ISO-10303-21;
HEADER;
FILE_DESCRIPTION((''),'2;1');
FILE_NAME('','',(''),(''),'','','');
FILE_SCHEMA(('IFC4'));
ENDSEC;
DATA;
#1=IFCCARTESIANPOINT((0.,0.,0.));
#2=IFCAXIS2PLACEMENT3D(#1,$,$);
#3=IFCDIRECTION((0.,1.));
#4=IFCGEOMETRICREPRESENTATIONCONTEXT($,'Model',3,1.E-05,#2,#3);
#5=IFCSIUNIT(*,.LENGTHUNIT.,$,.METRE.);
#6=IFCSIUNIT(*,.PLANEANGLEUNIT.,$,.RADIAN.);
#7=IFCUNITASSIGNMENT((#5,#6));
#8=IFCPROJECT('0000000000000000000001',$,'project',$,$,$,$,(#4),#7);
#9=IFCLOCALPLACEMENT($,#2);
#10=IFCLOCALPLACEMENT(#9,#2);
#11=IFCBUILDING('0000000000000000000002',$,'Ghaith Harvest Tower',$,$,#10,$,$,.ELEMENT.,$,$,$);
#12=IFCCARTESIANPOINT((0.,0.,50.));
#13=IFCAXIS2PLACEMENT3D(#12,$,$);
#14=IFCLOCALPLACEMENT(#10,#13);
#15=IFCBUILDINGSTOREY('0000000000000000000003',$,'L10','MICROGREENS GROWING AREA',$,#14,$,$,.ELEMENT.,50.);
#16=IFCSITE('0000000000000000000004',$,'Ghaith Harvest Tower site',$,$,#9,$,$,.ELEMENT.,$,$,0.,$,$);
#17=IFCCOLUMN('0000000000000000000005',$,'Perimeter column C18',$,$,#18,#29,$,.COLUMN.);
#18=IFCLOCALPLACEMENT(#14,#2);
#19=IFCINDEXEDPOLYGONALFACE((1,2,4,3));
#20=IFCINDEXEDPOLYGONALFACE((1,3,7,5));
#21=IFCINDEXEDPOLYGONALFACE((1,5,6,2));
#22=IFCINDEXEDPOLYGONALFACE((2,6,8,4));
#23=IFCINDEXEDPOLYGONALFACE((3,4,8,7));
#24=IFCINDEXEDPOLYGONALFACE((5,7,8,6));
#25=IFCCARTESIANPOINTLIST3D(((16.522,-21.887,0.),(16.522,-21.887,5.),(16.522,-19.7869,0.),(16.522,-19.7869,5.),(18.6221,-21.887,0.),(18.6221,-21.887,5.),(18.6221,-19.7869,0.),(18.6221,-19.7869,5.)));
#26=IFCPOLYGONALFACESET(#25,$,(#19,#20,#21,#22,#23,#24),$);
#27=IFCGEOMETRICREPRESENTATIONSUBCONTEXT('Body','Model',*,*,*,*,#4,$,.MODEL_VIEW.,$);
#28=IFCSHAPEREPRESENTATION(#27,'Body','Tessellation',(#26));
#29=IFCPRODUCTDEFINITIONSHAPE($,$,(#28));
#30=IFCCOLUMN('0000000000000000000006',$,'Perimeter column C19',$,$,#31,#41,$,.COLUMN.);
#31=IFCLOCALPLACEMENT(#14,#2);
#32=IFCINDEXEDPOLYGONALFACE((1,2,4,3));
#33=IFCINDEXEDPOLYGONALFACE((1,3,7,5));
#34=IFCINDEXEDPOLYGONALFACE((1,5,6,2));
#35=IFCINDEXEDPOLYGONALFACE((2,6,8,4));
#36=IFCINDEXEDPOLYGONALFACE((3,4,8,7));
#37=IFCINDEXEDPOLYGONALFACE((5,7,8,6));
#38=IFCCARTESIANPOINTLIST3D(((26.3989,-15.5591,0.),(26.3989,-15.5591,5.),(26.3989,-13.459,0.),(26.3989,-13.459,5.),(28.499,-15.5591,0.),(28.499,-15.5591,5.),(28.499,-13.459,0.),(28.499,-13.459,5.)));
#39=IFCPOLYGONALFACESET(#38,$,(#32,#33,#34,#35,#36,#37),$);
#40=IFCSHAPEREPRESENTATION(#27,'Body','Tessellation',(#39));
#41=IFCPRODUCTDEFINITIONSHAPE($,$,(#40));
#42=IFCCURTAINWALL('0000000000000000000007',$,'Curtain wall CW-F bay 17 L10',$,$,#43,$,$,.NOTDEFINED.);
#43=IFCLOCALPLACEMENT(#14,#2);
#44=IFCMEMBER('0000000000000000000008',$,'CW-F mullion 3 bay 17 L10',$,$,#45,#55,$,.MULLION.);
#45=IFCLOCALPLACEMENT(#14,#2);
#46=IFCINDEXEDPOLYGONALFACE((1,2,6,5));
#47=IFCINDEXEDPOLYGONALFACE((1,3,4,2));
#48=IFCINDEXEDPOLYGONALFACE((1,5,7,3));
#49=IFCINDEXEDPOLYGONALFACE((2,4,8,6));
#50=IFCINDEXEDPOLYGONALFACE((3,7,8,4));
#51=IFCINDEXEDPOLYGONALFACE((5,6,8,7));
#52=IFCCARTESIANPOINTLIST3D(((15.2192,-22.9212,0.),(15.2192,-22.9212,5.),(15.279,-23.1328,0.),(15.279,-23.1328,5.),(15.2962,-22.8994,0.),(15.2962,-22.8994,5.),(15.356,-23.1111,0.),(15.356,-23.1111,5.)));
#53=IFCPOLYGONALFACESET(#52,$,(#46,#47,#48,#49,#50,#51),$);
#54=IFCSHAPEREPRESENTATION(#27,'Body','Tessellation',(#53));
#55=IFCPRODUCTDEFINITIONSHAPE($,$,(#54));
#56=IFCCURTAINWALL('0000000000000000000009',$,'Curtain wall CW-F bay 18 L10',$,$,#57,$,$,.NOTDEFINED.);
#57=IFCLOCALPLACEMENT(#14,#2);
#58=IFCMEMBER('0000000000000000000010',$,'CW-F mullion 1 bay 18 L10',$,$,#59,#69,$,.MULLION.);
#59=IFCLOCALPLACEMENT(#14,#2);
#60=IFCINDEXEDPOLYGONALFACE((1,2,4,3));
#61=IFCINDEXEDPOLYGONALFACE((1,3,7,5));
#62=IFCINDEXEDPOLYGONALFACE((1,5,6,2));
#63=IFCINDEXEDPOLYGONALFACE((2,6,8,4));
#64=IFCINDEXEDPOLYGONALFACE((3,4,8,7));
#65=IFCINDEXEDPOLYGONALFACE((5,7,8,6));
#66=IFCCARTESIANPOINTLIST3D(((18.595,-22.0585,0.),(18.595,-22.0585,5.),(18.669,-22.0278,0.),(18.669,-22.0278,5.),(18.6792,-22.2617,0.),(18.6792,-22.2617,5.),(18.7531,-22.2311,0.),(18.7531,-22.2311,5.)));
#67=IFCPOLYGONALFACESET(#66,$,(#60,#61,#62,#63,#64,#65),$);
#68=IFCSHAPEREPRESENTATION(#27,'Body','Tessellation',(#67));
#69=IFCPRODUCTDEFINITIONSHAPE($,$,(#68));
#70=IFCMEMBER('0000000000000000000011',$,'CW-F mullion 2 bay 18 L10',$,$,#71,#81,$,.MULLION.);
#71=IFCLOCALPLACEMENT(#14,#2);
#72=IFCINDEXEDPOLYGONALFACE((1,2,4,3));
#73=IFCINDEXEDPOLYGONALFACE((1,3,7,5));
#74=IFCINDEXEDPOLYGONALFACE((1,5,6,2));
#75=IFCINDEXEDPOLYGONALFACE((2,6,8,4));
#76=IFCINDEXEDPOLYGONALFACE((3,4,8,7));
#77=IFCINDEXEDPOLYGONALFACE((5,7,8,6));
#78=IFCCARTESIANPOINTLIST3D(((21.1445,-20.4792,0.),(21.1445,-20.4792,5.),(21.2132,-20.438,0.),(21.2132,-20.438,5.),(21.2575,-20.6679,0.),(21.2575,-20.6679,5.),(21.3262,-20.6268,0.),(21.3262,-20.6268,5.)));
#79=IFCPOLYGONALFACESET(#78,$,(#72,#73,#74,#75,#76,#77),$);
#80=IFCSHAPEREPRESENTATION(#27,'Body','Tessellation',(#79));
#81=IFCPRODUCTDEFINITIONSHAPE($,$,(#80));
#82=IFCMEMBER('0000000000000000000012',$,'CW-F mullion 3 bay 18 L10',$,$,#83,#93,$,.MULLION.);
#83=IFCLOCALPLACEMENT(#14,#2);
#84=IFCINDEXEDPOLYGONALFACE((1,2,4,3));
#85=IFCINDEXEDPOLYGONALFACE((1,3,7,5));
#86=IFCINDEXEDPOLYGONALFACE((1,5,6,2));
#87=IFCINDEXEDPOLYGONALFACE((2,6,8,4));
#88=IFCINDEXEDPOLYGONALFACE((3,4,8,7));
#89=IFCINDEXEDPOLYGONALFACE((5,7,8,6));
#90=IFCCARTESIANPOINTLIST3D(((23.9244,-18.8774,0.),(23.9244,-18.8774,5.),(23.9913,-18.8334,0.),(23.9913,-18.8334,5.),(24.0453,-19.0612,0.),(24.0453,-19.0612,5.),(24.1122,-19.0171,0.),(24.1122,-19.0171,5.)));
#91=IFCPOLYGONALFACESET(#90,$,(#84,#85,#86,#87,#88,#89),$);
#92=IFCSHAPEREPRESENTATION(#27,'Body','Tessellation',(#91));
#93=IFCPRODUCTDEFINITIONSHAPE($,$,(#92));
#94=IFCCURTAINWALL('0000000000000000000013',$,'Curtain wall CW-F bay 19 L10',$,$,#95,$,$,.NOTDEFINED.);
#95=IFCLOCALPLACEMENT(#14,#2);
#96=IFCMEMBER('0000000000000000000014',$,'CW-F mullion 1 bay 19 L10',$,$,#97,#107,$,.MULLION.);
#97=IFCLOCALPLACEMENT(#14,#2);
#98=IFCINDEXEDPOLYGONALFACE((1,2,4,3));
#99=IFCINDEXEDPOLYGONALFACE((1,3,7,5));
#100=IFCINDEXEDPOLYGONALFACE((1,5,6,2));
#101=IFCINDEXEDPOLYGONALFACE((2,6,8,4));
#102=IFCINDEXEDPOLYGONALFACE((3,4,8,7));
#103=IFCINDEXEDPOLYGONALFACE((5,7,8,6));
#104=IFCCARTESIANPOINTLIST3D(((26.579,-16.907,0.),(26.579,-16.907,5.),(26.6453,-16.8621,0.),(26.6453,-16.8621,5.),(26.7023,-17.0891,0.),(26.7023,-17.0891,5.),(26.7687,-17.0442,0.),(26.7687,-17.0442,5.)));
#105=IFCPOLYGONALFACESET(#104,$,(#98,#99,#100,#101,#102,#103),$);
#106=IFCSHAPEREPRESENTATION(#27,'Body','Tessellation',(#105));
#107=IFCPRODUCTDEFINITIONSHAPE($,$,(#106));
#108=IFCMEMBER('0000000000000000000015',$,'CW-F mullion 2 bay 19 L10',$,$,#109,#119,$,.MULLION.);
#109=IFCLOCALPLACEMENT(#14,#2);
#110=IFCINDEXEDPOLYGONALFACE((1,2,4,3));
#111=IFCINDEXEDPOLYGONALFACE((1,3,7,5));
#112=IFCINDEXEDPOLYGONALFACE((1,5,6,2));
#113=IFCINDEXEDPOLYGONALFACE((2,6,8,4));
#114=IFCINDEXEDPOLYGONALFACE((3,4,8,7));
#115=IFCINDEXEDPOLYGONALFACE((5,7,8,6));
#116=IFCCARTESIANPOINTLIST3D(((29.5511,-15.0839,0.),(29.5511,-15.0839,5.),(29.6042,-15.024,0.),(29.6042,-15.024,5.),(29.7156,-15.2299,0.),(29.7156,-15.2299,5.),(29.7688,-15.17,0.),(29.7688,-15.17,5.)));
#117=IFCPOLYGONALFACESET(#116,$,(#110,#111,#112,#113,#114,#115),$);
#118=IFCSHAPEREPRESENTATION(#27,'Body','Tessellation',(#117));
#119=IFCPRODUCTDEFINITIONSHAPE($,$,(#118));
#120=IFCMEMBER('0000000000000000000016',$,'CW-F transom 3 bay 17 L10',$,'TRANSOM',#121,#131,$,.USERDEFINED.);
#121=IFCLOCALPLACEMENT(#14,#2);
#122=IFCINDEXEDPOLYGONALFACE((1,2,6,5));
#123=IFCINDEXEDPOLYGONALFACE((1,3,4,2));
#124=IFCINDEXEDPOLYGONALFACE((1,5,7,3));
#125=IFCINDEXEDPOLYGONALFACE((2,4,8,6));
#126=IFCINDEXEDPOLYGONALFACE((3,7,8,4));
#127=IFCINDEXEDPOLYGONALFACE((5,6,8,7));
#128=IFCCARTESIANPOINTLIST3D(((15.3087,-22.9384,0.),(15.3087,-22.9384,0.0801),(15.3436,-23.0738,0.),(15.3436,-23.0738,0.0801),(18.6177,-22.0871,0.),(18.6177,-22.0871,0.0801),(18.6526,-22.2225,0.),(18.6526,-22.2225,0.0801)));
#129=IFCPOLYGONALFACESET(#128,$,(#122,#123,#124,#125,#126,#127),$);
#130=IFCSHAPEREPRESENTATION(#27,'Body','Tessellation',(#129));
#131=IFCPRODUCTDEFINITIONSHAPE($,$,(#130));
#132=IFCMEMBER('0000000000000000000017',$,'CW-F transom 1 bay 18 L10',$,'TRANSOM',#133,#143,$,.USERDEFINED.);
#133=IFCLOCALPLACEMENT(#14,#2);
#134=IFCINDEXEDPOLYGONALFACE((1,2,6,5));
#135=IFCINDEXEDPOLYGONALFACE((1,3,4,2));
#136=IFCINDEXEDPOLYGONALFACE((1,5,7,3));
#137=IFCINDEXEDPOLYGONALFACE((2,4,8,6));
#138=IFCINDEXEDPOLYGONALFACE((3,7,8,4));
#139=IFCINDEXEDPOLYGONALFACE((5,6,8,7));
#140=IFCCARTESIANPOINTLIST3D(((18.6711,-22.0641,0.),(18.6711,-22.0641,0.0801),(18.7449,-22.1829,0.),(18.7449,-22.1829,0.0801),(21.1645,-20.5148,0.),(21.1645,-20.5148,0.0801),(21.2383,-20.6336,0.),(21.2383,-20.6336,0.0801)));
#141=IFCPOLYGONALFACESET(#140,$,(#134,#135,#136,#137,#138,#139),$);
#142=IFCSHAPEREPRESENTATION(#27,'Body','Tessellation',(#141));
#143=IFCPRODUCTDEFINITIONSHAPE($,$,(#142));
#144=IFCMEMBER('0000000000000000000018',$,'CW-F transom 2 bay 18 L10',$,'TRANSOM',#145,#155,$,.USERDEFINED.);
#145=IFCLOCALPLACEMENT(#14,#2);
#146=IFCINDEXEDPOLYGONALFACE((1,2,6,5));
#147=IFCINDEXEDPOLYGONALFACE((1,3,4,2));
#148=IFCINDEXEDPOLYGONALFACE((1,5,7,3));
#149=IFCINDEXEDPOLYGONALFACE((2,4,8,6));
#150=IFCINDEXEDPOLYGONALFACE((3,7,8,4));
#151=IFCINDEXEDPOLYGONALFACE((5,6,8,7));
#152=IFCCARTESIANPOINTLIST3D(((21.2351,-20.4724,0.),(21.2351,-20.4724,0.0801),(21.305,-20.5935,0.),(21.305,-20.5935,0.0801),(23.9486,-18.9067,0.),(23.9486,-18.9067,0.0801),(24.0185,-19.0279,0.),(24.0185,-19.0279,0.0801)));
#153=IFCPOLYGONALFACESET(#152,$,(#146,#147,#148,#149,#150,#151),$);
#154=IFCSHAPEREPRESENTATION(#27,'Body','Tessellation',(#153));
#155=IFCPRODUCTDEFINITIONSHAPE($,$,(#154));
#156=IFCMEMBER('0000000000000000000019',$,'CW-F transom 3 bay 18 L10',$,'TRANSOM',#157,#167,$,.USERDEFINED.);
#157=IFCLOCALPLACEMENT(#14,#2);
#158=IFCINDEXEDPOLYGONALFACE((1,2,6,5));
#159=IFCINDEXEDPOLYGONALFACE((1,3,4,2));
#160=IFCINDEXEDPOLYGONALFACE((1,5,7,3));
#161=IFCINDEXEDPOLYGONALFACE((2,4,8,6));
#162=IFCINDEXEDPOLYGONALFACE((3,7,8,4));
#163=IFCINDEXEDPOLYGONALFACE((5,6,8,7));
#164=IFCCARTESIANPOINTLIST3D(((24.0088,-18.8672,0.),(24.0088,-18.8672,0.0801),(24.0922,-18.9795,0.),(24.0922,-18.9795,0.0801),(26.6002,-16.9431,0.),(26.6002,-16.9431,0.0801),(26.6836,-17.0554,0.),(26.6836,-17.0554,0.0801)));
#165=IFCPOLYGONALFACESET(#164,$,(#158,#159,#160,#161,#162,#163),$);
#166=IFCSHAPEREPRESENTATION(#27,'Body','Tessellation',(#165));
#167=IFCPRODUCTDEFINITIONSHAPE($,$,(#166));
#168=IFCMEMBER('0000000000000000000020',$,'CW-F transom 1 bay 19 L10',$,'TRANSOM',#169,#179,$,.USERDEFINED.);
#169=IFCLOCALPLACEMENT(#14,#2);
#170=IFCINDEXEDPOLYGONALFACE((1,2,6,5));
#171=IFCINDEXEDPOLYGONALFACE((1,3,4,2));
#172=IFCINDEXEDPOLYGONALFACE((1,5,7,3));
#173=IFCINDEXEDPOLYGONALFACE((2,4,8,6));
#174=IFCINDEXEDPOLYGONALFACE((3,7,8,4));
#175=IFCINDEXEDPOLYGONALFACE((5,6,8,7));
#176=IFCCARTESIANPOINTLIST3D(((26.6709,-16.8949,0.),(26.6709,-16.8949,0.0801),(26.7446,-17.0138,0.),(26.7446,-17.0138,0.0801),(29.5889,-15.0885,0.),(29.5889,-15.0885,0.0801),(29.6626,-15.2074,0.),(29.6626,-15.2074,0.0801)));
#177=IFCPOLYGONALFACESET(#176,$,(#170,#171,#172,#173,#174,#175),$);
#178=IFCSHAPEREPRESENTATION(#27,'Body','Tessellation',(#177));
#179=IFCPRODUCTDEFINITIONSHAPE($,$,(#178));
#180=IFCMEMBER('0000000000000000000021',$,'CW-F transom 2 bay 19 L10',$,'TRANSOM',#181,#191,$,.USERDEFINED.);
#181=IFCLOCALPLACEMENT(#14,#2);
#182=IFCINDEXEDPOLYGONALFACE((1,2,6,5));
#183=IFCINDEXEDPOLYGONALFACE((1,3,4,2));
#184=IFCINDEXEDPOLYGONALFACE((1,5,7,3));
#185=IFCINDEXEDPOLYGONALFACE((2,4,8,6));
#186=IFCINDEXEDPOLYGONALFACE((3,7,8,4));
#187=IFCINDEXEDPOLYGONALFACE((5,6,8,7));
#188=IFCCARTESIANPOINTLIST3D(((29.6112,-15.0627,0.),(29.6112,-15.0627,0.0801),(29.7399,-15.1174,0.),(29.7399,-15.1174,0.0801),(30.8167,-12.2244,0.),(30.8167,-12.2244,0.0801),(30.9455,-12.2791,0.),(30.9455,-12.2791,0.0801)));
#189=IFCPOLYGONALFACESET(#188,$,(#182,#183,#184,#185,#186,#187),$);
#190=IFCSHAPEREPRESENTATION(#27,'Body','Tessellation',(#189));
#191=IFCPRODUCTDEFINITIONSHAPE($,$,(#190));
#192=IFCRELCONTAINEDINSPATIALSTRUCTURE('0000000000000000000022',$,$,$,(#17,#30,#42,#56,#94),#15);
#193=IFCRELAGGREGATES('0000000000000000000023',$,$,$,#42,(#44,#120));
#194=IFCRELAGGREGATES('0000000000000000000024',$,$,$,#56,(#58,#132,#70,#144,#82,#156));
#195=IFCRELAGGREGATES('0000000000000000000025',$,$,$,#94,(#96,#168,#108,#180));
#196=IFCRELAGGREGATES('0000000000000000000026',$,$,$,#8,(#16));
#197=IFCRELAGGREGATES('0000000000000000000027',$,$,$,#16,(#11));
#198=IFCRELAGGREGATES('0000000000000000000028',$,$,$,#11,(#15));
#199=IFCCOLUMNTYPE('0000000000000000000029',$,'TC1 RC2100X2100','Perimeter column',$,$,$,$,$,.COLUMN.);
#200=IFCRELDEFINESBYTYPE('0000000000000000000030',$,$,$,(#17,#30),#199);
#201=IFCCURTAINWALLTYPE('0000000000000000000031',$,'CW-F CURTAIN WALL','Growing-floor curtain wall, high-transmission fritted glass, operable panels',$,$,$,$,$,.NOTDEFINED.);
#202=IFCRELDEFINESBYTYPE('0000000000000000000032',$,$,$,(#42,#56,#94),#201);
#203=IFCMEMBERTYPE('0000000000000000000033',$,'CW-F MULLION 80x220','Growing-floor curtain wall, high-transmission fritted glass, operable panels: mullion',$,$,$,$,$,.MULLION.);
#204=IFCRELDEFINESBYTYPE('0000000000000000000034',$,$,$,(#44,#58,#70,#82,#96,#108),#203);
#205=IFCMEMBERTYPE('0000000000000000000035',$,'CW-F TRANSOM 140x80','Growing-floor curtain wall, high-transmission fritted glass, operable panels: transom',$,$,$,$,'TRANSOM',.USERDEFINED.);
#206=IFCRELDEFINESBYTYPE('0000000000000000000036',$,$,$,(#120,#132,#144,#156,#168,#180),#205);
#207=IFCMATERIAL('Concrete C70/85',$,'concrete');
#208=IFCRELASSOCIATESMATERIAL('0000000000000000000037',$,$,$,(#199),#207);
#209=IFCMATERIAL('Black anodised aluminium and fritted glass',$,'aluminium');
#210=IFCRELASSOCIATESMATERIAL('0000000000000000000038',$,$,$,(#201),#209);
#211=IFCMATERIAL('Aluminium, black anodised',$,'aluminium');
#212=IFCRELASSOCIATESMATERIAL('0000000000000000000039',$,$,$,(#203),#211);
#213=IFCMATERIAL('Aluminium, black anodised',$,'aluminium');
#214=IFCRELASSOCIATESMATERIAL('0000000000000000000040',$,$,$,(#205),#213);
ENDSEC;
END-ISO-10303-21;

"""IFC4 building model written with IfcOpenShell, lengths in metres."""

from ifc_helpers import new_model, si_unit, direction, frame, origin, origin_2d, place, context, subcontext, project, spatial, rectangle, extrude, material, material_profile, profile_set, type_object, element, aggregate, save


model = new_model("IFC4")

# Units and contexts
model_context = context("Model", 3, precision=1e-05, world=origin(), true_north=direction((0.0, 1.0)))
body_context = subcontext(model_context, "Body", "Model", "MODEL_VIEW")
ifc_project = project(units=[si_unit("LENGTHUNIT", "METRE"), si_unit("PLANEANGLEUNIT", "RADIAN")], contexts=[model_context])

# Site, building, storey
site_placement = place(None, origin())
site = spatial("IfcSite", under=ifc_project, at=site_placement, Name="Ghaith Harvest Tower site", CompositionType="ELEMENT", RefElevation=0.0)
building_placement = place(site_placement, origin())
building = spatial("IfcBuilding", under=site, at=building_placement, Name="Ghaith Harvest Tower", CompositionType="ELEMENT")
storey_placement = place(building_placement, frame((0.0, 0.0, 50.0)))
storey = spatial("IfcBuildingStorey", under=building, at=storey_placement, Name="L10", Description="MICROGREENS GROWING AREA", CompositionType="ELEMENT", Elevation=50.0)

# Columns
ifc_material_1 = material(Name="Concrete C70/85", Category="concrete")
ifc_material_profile_1 = material_profile(ifc_material_1, rectangle(XDim=2.1001, YDim=2.1001, at=origin_2d()), Name="RC2100X2100")
ifc_profile_set_1 = profile_set([ifc_material_profile_1], Name="Concrete C70/85")
column_type = type_object("IfcColumnType", Name="TC1 RC2100X2100", Description="Perimeter column", PredefinedType="COLUMN", material=ifc_profile_set_1)
for number, where, z_axis, x_axis, name in (
    (1, (17.572, -20.8369, 0.0), (0.0, 0.0, 1.0), (1.0, 0.0, 0.0), "Perimeter column C18"),
    (2, (27.449, -14.509, 0.0), (0.0, 0.0, 1.0), (1.0, 0.0, 0.0), "Perimeter column C19"),
):
    element("IfcColumn", number, at=place(storey_placement, frame(where, z_axis=z_axis, x_axis=x_axis)), inside=storey, type_object=column_type, Name=name, PredefinedType="COLUMN", context=body_context, shape_type="SweptSolid", body=[
        extrude(rectangle(XDim=2.1001, YDim=2.1001, at=origin_2d()), origin(), (0.0, 0.0, 1.0), 5.0),
    ])

# Curtain wall, member
ifc_material_2 = material(Name="Black anodised aluminium and fritted glass", Category="aluminium")
curtain_wall_type = type_object("IfcCurtainWallType", Name="CW-F CURTAIN WALL", Description="Growing-floor curtain wall, high-transmission fritted glass, operable panels", PredefinedType="NOTDEFINED", material=ifc_material_2)
curtain_wall_1_placement = place(storey_placement, origin())
curtain_wall_1 = element("IfcCurtainWall", 3, at=curtain_wall_1_placement, inside=storey, type_object=curtain_wall_type, Name="Curtain wall CW-F bay 17 L10", PredefinedType="NOTDEFINED")
ifc_material_3 = material(Name="Aluminium, black anodised", Category="aluminium")
ifc_material_profile_2 = material_profile(ifc_material_3, rectangle(XDim=0.0801, YDim=0.22, at=origin_2d()), Name="CW-F MULLION 80x220")
ifc_profile_set_2 = profile_set([ifc_material_profile_2], Name="Aluminium, black anodised")
member_type_1 = type_object("IfcMemberType", Name="CW-F MULLION 80x220", Description="Growing-floor curtain wall, high-transmission fritted glass, operable panels: mullion", PredefinedType="MULLION", material=ifc_profile_set_2)
member_1_placement = place(storey_placement, frame((15.2876, -23.0161, 0.0), z_axis=(0.0, 0.0, 1.0), x_axis=(0.962313, 0.271944, 0.0)))
member_1 = element("IfcMember", 4, at=member_1_placement, type_object=member_type_1, Name="CW-F mullion 3 bay 17 L10", PredefinedType="MULLION", context=body_context, shape_type="SweptSolid", body=[
    extrude(rectangle(XDim=0.0801, YDim=0.22, at=origin_2d()), origin(), (0.0, 0.0, 1.0), 5.0),
])

# Curtain walls, members
curtain_wall_2_placement = place(storey_placement, origin())
curtain_wall_2 = element("IfcCurtainWall", 5, at=curtain_wall_2_placement, inside=storey, type_object=curtain_wall_type, Name="Curtain wall CW-F bay 18 L10", PredefinedType="NOTDEFINED")
member_2_placement = place(storey_placement, frame((18.6741, -22.1448, 0.0), z_axis=(0.0, 0.0, 1.0), x_axis=(0.92391, 0.382609, 0.0)))
member_2 = element("IfcMember", 6, at=member_2_placement, type_object=member_type_1, Name="CW-F mullion 1 bay 18 L10", PredefinedType="MULLION", context=body_context, shape_type="SweptSolid", body=[
    extrude(rectangle(XDim=0.0801, YDim=0.22, at=origin_2d()), origin(), (0.0, 0.0, 1.0), 5.0),
])
member_3_placement = place(storey_placement, frame((21.2354, -20.553, 0.0), z_axis=(0.0, 0.0, 1.0), x_axis=(0.85814, 0.513415, 0.0)))
member_3 = element("IfcMember", 7, at=member_3_placement, type_object=member_type_1, Name="CW-F mullion 2 bay 18 L10", PredefinedType="MULLION", context=body_context, shape_type="SweptSolid", body=[
    extrude(rectangle(XDim=0.0801, YDim=0.22, at=origin_2d()), origin(), (0.0, 0.0, 1.0), 5.0),
])
member_4_placement = place(storey_placement, frame((24.0183, -18.9473, 0.0), z_axis=(0.0, 0.0, 1.0), x_axis=(0.835444, 0.549576, 0.0)))
member_4 = element("IfcMember", 8, at=member_4_placement, type_object=member_type_1, Name="CW-F mullion 3 bay 18 L10", PredefinedType="MULLION", context=body_context, shape_type="SweptSolid", body=[
    extrude(rectangle(XDim=0.0801, YDim=0.22, at=origin_2d()), origin(), (0.0, 0.0, 1.0), 5.0),
])
curtain_wall_3_placement = place(storey_placement, origin())
curtain_wall_3 = element("IfcCurtainWall", 9, at=curtain_wall_3_placement, inside=storey, type_object=curtain_wall_type, Name="Curtain wall CW-F bay 19 L10", PredefinedType="NOTDEFINED")
member_5_placement = place(storey_placement, frame((26.6738, -16.9756, 0.0), z_axis=(0.0, 0.0, 1.0), x_axis=(0.828002, 0.560725, 0.0)))
member_5 = element("IfcMember", 10, at=member_5_placement, type_object=member_type_1, Name="CW-F mullion 1 bay 19 L10", PredefinedType="MULLION", context=body_context, shape_type="SweptSolid", body=[
    extrude(rectangle(XDim=0.0801, YDim=0.22, at=origin_2d()), origin(), (0.0, 0.0, 1.0), 5.0),
])
member_6_placement = place(storey_placement, frame((29.6599, -15.127, 0.0), z_axis=(0.0, 0.0, 1.0), x_axis=(0.663605, 0.748083, 0.0)))
member_6 = element("IfcMember", 11, at=member_6_placement, type_object=member_type_1, Name="CW-F mullion 2 bay 19 L10", PredefinedType="MULLION", context=body_context, shape_type="SweptSolid", body=[
    extrude(rectangle(XDim=0.0801, YDim=0.22, at=origin_2d()), origin(), (0.0, 0.0, 1.0), 5.0),
])

# Members
ifc_material_4 = material(Name="Aluminium, black anodised", Category="aluminium")
ifc_material_profile_3 = material_profile(ifc_material_4, rectangle(XDim=0.1399, YDim=0.0801, at=origin_2d()), Name="CW-F TRANSOM 140x80")
ifc_profile_set_3 = profile_set([ifc_material_profile_3], Name="Aluminium, black anodised")
member_type_2 = type_object("IfcMemberType", Name="CW-F TRANSOM 140x80", Description="Growing-floor curtain wall, high-transmission fritted glass, operable panels: transom", ElementType="TRANSOM", PredefinedType="USERDEFINED", material=ifc_profile_set_3)
member_7_placement = place(storey_placement, frame((15.3262, -23.0061, 0.04), z_axis=(0.968464, 0.249154, 0.0), x_axis=(-0.249154, 0.968464, 0.0)))
member_7 = element("IfcMember", 12, at=member_7_placement, type_object=member_type_2, Name="CW-F transom 3 bay 17 L10", ObjectType="TRANSOM", PredefinedType="USERDEFINED", context=body_context, shape_type="SweptSolid", body=[
    extrude(rectangle(XDim=0.1399, YDim=0.0801, at=origin_2d()), origin(), (0.0, 0.0, 1.0), 3.4167),
])
member_8_placement = place(storey_placement, frame((18.708, -22.1235, 0.04), z_axis=(0.849383, 0.527777, 0.0), x_axis=(-0.527777, 0.849383, 0.0)))
member_8 = element("IfcMember", 13, at=member_8_placement, type_object=member_type_2, Name="CW-F transom 1 bay 18 L10", ObjectType="TRANSOM", PredefinedType="USERDEFINED", context=body_context, shape_type="SweptSolid", body=[
    extrude(rectangle(XDim=0.1399, YDim=0.0801, at=origin_2d()), origin(), (0.0, 0.0, 1.0), 2.9355),
])
member_9_placement = place(storey_placement, frame((21.27, -20.533, 0.04), z_axis=(0.866169, 0.499752, 0.0), x_axis=(-0.499752, 0.866169, 0.0)))
member_9 = element("IfcMember", 14, at=member_9_placement, type_object=member_type_2, Name="CW-F transom 2 bay 18 L10", ObjectType="TRANSOM", PredefinedType="USERDEFINED", context=body_context, shape_type="SweptSolid", body=[
    extrude(rectangle(XDim=0.1399, YDim=0.0801, at=origin_2d()), origin(), (0.0, 0.0, 1.0), 3.1328),
])
member_10_placement = place(storey_placement, frame((24.0505, -18.9233, 0.04), z_axis=(0.802877, 0.596144, 0.0), x_axis=(-0.596144, 0.802877, 0.0)))
member_10 = element("IfcMember", 15, at=member_10_placement, type_object=member_type_2, Name="CW-F transom 3 bay 18 L10", ObjectType="TRANSOM", PredefinedType="USERDEFINED", context=body_context, shape_type="SweptSolid", body=[
    extrude(rectangle(XDim=0.1399, YDim=0.0801, at=origin_2d()), origin(), (0.0, 0.0, 1.0), 3.2275),
])
member_11_placement = place(storey_placement, frame((26.7078, -16.9543, 0.04), z_axis=(0.850261, 0.526362, 0.0), x_axis=(-0.526362, 0.850261, 0.0)))
member_11 = element("IfcMember", 16, at=member_11_placement, type_object=member_type_2, Name="CW-F transom 1 bay 19 L10", ObjectType="TRANSOM", PredefinedType="USERDEFINED", context=body_context, shape_type="SweptSolid", body=[
    extrude(rectangle(XDim=0.1399, YDim=0.0801, at=origin_2d()), origin(), (0.0, 0.0, 1.0), 3.4319),
])
member_12_placement = place(storey_placement, frame((29.6755, -15.0901, 0.04), z_axis=(0.390936, 0.920418, 0.0), x_axis=(-0.920418, 0.390936, 0.0)))
member_12 = element("IfcMember", 17, at=member_12_placement, type_object=member_type_2, Name="CW-F transom 2 bay 19 L10", ObjectType="TRANSOM", PredefinedType="USERDEFINED", context=body_context, shape_type="SweptSolid", body=[
    extrude(rectangle(XDim=0.1399, YDim=0.0801, at=origin_2d()), origin(), (0.0, 0.0, 1.0), 3.0837),
])

aggregate(curtain_wall_1, [member_1, member_7])
aggregate(curtain_wall_2, [member_2, member_8, member_3, member_9, member_4, member_10])
aggregate(curtain_wall_3, [member_5, member_11, member_6, member_12])

save(model, "model.ifc")
